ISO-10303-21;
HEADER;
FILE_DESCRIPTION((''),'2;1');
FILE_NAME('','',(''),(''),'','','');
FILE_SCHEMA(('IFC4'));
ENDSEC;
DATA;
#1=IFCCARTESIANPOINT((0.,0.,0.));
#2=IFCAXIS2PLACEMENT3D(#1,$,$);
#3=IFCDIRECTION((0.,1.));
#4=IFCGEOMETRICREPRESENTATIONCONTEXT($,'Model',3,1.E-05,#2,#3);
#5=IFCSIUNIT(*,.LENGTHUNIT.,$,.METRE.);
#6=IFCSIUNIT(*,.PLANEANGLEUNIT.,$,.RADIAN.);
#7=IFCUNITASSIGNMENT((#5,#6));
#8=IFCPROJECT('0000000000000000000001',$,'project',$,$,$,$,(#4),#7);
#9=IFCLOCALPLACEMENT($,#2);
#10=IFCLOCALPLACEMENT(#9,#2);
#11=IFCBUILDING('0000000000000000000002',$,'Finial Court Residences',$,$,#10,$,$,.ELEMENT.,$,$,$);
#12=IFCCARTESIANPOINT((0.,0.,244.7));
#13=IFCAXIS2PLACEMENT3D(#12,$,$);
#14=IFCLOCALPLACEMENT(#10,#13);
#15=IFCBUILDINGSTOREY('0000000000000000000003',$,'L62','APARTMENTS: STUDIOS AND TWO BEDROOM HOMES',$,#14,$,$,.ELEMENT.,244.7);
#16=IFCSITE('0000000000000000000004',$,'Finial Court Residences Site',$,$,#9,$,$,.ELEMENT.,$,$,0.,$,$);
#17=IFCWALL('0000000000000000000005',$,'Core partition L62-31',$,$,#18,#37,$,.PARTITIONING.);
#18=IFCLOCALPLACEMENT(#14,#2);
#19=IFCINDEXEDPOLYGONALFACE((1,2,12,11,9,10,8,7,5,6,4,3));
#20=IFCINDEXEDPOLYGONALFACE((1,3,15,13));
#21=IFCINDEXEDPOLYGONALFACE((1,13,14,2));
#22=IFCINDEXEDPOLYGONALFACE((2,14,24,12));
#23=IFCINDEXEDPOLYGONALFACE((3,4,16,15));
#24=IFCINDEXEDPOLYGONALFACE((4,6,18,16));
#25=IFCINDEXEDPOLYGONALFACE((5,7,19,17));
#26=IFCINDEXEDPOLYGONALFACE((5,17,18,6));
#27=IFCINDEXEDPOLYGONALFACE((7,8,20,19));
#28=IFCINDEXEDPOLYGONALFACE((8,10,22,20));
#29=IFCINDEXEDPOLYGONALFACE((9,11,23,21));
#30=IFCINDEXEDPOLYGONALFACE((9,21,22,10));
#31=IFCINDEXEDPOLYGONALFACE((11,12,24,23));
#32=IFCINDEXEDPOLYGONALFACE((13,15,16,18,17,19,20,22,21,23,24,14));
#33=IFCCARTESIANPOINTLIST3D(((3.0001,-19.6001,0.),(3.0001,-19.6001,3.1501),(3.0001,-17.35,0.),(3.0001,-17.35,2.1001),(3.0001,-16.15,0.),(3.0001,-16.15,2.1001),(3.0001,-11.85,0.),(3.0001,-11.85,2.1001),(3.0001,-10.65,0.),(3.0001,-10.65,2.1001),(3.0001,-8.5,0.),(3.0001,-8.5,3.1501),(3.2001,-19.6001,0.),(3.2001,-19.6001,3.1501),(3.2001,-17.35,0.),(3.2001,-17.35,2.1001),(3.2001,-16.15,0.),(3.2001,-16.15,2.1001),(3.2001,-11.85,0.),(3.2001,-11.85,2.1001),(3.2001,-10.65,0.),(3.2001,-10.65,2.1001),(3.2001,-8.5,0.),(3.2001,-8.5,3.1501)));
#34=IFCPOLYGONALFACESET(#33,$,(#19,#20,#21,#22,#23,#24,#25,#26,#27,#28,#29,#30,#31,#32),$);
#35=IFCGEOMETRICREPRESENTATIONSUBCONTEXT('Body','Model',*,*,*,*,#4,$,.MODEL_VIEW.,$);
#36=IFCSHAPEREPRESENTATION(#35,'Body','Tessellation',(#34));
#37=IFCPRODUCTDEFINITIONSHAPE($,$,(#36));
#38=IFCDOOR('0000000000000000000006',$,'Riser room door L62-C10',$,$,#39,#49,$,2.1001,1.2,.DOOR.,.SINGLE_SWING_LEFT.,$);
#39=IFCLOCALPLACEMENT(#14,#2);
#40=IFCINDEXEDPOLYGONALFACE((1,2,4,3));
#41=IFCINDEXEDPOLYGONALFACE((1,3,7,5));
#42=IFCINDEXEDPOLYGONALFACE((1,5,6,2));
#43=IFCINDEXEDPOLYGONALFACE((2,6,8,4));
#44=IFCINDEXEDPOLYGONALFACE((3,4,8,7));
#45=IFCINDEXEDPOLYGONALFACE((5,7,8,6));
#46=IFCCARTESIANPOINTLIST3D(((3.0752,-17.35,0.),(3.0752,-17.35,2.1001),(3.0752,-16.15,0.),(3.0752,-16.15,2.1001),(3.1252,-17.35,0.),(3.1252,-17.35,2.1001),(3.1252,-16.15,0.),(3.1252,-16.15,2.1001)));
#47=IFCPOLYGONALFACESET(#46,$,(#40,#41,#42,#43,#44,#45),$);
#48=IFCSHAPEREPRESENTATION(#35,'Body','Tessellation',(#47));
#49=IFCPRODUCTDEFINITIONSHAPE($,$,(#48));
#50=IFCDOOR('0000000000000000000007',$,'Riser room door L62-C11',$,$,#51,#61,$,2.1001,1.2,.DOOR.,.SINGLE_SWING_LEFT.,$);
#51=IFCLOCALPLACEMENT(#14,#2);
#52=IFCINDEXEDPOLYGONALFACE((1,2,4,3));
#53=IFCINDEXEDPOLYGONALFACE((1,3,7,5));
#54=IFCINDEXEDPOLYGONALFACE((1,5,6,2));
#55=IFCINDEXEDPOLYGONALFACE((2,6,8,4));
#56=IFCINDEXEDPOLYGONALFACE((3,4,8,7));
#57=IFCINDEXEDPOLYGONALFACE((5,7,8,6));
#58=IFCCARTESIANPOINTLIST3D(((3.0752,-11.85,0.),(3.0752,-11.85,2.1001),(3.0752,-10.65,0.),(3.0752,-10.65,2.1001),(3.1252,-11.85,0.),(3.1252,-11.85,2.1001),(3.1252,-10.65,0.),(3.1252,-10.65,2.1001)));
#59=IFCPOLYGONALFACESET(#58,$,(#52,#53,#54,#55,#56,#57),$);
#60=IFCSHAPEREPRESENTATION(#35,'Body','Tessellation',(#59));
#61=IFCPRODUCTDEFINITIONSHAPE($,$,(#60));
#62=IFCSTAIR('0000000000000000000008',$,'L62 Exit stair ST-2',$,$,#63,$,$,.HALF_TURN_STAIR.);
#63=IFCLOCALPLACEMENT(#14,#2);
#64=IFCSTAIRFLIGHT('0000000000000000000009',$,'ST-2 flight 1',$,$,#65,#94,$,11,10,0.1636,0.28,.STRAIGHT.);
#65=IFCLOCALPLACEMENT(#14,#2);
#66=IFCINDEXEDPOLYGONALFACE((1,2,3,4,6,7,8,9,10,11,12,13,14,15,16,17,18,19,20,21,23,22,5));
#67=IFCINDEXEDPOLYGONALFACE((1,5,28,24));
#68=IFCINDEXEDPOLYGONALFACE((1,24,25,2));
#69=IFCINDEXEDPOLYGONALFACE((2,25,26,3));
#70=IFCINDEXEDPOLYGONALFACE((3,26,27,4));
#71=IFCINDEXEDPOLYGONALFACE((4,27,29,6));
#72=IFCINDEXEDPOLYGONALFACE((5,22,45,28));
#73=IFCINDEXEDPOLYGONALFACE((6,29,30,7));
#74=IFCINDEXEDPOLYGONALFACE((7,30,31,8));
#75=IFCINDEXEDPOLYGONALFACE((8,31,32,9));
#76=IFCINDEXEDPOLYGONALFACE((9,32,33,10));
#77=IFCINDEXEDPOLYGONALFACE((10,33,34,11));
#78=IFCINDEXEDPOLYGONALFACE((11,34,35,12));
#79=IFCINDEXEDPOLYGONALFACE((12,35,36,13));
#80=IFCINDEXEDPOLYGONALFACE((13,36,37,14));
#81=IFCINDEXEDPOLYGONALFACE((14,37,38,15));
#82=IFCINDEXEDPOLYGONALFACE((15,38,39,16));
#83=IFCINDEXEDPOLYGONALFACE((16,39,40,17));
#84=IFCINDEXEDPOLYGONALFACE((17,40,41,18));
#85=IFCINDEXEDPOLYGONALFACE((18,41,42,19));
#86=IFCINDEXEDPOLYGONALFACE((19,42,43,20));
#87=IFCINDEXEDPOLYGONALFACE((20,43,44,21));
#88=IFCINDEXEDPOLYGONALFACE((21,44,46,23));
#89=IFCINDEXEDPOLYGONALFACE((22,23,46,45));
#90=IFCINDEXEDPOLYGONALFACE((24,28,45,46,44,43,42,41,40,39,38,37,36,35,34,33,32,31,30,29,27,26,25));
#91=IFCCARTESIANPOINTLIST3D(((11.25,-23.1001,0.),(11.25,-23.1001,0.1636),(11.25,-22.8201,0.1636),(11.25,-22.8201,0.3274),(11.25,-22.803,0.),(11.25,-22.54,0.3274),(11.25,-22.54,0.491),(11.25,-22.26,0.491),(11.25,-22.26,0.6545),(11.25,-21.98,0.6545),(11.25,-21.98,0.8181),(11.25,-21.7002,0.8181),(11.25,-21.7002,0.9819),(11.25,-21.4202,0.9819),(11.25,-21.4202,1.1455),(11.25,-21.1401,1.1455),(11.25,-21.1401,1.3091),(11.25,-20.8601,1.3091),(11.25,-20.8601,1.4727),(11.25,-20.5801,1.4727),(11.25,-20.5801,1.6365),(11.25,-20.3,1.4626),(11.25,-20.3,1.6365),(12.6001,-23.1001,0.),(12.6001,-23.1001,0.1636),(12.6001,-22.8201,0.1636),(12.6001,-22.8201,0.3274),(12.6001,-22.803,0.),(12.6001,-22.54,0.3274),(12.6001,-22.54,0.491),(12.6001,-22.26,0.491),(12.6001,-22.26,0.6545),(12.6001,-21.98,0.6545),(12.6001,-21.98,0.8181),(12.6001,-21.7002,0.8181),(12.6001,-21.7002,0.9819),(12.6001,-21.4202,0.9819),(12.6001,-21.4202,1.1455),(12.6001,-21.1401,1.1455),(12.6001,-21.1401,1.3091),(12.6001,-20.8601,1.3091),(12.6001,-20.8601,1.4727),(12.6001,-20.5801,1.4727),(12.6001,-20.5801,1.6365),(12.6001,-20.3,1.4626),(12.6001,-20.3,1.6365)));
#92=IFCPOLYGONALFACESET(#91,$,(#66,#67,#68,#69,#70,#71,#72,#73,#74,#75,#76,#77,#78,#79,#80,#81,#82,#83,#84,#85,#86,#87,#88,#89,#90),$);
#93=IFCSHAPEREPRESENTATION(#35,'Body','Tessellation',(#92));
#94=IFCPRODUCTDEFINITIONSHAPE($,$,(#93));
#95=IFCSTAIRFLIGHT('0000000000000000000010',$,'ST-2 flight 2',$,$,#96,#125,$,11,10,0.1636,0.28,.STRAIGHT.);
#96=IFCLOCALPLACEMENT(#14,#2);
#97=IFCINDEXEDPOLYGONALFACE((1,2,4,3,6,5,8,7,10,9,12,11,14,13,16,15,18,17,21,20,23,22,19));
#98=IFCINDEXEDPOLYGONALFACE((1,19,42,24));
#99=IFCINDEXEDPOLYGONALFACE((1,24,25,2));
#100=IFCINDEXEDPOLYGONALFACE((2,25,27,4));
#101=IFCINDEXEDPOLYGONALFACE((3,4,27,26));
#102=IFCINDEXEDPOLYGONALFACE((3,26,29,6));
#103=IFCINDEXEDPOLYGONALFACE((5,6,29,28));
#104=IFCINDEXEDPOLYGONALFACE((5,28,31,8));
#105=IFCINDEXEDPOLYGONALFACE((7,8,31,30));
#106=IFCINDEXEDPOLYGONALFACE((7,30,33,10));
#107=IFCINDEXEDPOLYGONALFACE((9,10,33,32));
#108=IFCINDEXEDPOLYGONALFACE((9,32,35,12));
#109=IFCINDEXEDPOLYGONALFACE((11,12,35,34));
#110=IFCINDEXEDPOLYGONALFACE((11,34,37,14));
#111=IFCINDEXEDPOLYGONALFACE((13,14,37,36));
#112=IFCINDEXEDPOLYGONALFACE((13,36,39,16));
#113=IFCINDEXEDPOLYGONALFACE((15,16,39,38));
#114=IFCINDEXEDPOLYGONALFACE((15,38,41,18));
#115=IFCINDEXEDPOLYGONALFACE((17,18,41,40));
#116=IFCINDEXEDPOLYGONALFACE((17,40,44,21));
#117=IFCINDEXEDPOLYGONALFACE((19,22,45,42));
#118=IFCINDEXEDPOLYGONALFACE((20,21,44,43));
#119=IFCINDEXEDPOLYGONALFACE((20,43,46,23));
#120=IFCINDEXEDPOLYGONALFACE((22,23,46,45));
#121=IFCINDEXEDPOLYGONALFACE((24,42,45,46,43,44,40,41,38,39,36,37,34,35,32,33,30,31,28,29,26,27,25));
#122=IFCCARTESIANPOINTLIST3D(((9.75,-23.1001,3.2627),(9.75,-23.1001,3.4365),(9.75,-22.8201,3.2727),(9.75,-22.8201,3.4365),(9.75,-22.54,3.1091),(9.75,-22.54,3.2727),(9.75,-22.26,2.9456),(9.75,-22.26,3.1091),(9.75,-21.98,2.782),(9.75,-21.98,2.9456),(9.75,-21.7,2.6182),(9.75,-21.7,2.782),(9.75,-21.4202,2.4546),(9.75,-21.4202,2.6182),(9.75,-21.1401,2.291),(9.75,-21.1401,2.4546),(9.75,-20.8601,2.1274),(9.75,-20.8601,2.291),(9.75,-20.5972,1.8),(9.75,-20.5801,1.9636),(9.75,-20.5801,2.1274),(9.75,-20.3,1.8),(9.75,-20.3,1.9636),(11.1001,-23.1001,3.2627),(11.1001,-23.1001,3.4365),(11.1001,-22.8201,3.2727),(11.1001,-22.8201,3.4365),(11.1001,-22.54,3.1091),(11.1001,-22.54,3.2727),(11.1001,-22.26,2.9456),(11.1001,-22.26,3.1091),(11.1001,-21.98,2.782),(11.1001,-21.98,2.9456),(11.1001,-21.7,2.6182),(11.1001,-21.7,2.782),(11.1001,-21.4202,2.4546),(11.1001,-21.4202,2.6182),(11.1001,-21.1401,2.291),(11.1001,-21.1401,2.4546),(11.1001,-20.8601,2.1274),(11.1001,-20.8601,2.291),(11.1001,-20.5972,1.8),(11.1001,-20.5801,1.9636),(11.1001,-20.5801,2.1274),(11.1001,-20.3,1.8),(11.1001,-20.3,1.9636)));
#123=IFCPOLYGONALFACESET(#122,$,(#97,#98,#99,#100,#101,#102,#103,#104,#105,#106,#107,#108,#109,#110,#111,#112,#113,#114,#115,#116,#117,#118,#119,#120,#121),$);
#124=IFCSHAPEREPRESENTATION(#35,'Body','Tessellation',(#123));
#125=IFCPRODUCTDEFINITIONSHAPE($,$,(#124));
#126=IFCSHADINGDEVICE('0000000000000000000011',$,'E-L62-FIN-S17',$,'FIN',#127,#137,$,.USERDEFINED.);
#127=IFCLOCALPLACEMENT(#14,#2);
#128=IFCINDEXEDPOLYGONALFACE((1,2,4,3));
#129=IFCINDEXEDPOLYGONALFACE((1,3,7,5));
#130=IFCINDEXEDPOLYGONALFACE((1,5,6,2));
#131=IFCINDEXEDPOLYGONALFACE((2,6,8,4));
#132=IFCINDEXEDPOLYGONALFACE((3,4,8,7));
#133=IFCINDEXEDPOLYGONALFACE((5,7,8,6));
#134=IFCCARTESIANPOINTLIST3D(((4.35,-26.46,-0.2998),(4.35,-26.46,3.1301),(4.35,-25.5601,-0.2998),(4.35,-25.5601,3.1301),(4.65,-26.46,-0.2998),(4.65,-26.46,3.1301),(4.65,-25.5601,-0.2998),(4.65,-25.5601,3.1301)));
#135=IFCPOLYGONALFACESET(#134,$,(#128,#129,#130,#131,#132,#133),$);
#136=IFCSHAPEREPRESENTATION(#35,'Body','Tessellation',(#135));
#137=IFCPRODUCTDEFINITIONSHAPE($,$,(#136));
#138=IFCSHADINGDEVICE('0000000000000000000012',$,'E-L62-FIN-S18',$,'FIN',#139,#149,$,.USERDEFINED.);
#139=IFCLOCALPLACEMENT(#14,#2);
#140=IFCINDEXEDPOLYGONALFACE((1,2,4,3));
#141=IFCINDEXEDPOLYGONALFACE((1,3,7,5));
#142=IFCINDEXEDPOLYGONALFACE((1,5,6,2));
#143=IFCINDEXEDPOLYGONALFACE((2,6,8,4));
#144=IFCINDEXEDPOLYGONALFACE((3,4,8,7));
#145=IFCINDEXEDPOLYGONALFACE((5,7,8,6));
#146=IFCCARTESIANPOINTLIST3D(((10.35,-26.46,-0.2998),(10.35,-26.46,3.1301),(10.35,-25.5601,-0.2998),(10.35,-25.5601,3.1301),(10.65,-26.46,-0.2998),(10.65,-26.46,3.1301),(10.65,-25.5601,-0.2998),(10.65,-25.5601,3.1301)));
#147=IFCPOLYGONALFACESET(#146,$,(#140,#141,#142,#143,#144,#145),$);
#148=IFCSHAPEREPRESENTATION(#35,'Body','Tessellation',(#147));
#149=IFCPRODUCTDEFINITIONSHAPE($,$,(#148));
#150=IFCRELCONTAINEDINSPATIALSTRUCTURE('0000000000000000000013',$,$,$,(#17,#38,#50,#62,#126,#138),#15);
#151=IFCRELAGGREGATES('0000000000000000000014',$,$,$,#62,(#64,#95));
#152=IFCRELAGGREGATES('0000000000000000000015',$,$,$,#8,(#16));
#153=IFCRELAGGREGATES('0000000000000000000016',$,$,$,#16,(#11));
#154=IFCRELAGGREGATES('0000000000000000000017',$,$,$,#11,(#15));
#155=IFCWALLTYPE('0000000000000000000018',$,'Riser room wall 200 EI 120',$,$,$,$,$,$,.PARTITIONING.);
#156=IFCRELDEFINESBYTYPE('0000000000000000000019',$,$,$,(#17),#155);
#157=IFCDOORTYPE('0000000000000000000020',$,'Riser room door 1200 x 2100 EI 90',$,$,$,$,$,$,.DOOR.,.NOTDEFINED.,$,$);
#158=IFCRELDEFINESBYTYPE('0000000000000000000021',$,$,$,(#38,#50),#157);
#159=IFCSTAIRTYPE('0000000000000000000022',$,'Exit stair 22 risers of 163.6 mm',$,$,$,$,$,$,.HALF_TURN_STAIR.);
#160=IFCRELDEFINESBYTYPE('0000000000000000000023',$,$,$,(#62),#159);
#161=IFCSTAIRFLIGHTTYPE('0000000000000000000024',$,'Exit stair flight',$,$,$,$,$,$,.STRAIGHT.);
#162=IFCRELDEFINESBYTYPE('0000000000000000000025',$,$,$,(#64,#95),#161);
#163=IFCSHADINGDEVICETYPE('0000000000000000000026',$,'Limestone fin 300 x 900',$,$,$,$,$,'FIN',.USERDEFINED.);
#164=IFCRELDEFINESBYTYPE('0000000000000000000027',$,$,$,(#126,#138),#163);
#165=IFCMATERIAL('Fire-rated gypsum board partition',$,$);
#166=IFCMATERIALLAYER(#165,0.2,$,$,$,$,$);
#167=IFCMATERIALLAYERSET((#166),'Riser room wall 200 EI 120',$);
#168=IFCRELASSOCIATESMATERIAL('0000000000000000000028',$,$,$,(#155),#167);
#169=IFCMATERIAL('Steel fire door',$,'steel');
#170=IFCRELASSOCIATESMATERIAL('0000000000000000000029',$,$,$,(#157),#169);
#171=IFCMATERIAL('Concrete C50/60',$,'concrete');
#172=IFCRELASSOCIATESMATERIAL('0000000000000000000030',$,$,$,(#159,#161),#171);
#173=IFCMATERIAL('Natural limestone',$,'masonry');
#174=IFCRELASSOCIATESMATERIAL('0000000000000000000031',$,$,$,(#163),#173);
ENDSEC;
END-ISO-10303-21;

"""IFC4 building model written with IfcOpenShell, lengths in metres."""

from ifc_helpers import new_model, si_unit, direction, frame, frame_2d, origin, origin_2d, place, context, subcontext, project, spatial, polyline, rectangle, outline, extrude, material, layer, layer_set, type_object, element, fill, aggregate, save


model = new_model("IFC4")

# Units and contexts
model_context = context("Model", 3, precision=1e-05, world=origin(), true_north=direction((0.0, 1.0)))
body_context = subcontext(model_context, "Body", "Model", "MODEL_VIEW")
ifc_project = project(units=[si_unit("LENGTHUNIT", "METRE"), si_unit("PLANEANGLEUNIT", "RADIAN")], contexts=[model_context])

# Site, building, storey
site_placement = place(None, origin())
site = spatial("IfcSite", under=ifc_project, at=site_placement, Name="Finial Court Residences Site", CompositionType="ELEMENT", RefElevation=0.0)
building_placement = place(site_placement, origin())
building = spatial("IfcBuilding", under=site, at=building_placement, Name="Finial Court Residences", CompositionType="ELEMENT")
storey_placement = place(building_placement, frame((0.0, 0.0, 244.7)))
storey = spatial("IfcBuildingStorey", under=building, at=storey_placement, Name="L62", Description="APARTMENTS: STUDIOS AND TWO BEDROOM HOMES", CompositionType="ELEMENT", Elevation=244.7)

# Shared definitions
ifc_material_1 = material(Name="Fire-rated gypsum board partition")
ifc_material_2 = material(Name="Steel fire door", Category="steel")

# Shared definitions
ifc_layer_1 = layer(ifc_material_1, 0.2)
ifc_layer_set_1 = layer_set([ifc_layer_1], Name="Riser room wall 200 EI 120")
wall_type_1 = type_object("IfcWallType", Name="Riser room wall 200 EI 120", PredefinedType="PARTITIONING", material=ifc_layer_set_1)

# Wall, openings, doors
wall_1_placement = place(storey_placement, frame((3.1001, -19.6001, 0.0), z_axis=(0.0, 0.0, 1.0), x_axis=(0.0, 1.0, 0.0)))
wall_1 = element("IfcWall", 1, at=wall_1_placement, inside=storey, type_object=wall_type_1, Name="Core partition L62-31", PredefinedType="PARTITIONING", context=body_context, shape_type="SweptSolid", body=[
    extrude(rectangle(XDim=11.1001, YDim=0.2, at=frame_2d((5.55, 0.0))), origin(), (0.0, 0.0, 1.0), 3.1501),
])
opening_1_placement = place(wall_1_placement, frame((2.25, 0.0, 0.0)))
opening_1 = element("IfcOpeningElement", 2, at=opening_1_placement, cuts=wall_1, PredefinedType="OPENING", context=body_context, shape_type="SweptSolid", body=[
    extrude(rectangle(XDim=1.2, YDim=2.1001, at=frame_2d((0.6001, 1.05))), frame((0.0, 0.1099, 0.0), z_axis=(0.0, -1.0, 0.0), x_axis=(1.0, 0.0, 0.0)), (0.0, 0.0, 1.0), 0.22),
])
opening_2_placement = place(wall_1_placement, frame((7.75, 0.0, 0.0)))
opening_2 = element("IfcOpeningElement", 3, at=opening_2_placement, cuts=wall_1, PredefinedType="OPENING", context=body_context, shape_type="SweptSolid", body=[
    extrude(rectangle(XDim=1.2, YDim=2.1001, at=frame_2d((0.6001, 1.05))), frame((0.0, 0.1099, 0.0), z_axis=(0.0, -1.0, 0.0), x_axis=(1.0, 0.0, 0.0)), (0.0, 0.0, 1.0), 0.22),
])
door_type_1 = type_object("IfcDoorType", Name="Riser room door 1200 x 2100 EI 90", OperationType="NOTDEFINED", PredefinedType="DOOR", material=ifc_material_2)
door_1_placement = place(opening_1_placement, origin())
door_1 = element("IfcDoor", 4, at=door_1_placement, inside=storey, type_object=door_type_1, Name="Riser room door L62-C10", OperationType="SINGLE_SWING_LEFT", OverallHeight=2.1001, OverallWidth=1.2, PredefinedType="DOOR", context=body_context, shape_type="SweptSolid", body=[
    extrude(rectangle(XDim=1.2, YDim=2.1001, at=frame_2d((0.6001, 1.05))), frame((0.0, 0.0249, 0.0), z_axis=(0.0, -1.0, 0.0), x_axis=(1.0, 0.0, 0.0)), (0.0, 0.0, 1.0), 0.05),
])
fill(opening_1, door_1)
door_2_placement = place(opening_2_placement, origin())
door_2 = element("IfcDoor", 5, at=door_2_placement, inside=storey, type_object=door_type_1, Name="Riser room door L62-C11", OperationType="SINGLE_SWING_LEFT", OverallHeight=2.1001, OverallWidth=1.2, PredefinedType="DOOR", context=body_context, shape_type="SweptSolid", body=[
    extrude(rectangle(XDim=1.2, YDim=2.1001, at=frame_2d((0.6001, 1.05))), frame((0.0, 0.0249, 0.0), z_axis=(0.0, -1.0, 0.0), x_axis=(1.0, 0.0, 0.0)), (0.0, 0.0, 1.0), 0.05),
])
fill(opening_2, door_2)

# Stair, stair flights
ifc_material_3 = material(Name="Concrete C50/60", Category="concrete")
stair_type = type_object("IfcStairType", Name="Exit stair 22 risers of 163.6 mm", PredefinedType="HALF_TURN_STAIR", material=ifc_material_3)
stair_placement = place(storey_placement, origin())
stair = element("IfcStair", 6, at=stair_placement, inside=storey, type_object=stair_type, Name="L62 Exit stair ST-2", PredefinedType="HALF_TURN_STAIR")
stair_flight_type = type_object("IfcStairFlightType", Name="Exit stair flight", PredefinedType="STRAIGHT", material=ifc_material_3)
stair_flight_1_placement = place(storey_placement, frame((11.925, -23.1001, 0.0), z_axis=(0.0, 0.0, 1.0), x_axis=(0.0, 1.0, 0.0)))
stair_flight_1 = element("IfcStairFlight", 7, at=stair_flight_1_placement, type_object=stair_flight_type, Name="ST-2 flight 1", NumberOfRisers=11, NumberOfTreads=10, PredefinedType="STRAIGHT", RiserHeight=0.1636, TreadLength=0.28, context=body_context, shape_type="SweptSolid", body=[
    extrude(outline(polyline([(0.0, 0.0), (0.0, 0.1636), (0.28, 0.1636), (0.28, 0.3274), (0.5601, 0.3274), (0.5601, 0.491), (0.8401, 0.491), (0.8401, 0.6545), (1.1201, 0.6545), (1.1201, 0.8181), (1.3999, 0.8181), (1.3999, 0.9819), (1.6799, 0.9819), (1.6799, 1.1455), (1.96, 1.1455), (1.96, 1.3091), (2.24, 1.3091), (2.24, 1.4727), (2.52, 1.4727), (2.52, 1.6365), (2.8, 1.6365), (2.8, 1.8), (2.8, 1.4626), (0.2971, 0.0), (0.0, 0.0)])), frame((0.0, 0.675, 0.0), z_axis=(0.0, -1.0, 0.0), x_axis=(1.0, 0.0, 0.0)), (0.0, 0.0, 1.0), 1.3501),
])
stair_flight_2_placement = place(storey_placement, frame((10.425, -20.3, 1.8), z_axis=(0.0, 0.0, 1.0), x_axis=(0.0, -1.0, 0.0)))
stair_flight_2 = element("IfcStairFlight", 8, at=stair_flight_2_placement, type_object=stair_flight_type, Name="ST-2 flight 2", NumberOfRisers=11, NumberOfTreads=10, PredefinedType="STRAIGHT", RiserHeight=0.1636, TreadLength=0.28, context=body_context, shape_type="SweptSolid", body=[
    extrude(outline(polyline([(0.0, 0.0), (0.0, 0.1636), (0.28, 0.1636), (0.28, 0.3274), (0.5601, 0.3274), (0.5601, 0.491), (0.8401, 0.491), (0.8401, 0.6545), (1.1201, 0.6545), (1.1201, 0.8181), (1.3999, 0.8181), (1.3999, 0.9819), (1.6799, 0.9819), (1.6799, 1.1455), (1.96, 1.1455), (1.96, 1.3091), (2.24, 1.3091), (2.24, 1.4727), (2.52, 1.4727), (2.52, 1.6365), (2.8, 1.6365), (2.8, 1.8), (2.8, 1.4626), (0.2971, 0.0), (0.0, 0.0)])), frame((0.0, 0.675, 0.0), z_axis=(0.0, -1.0, 0.0), x_axis=(1.0, 0.0, 0.0)), (0.0, 0.0, 1.0), 1.3501),
])
aggregate(stair, [stair_flight_1, stair_flight_2])

# Shading devices
ifc_material_4 = material(Name="Natural limestone", Category="masonry")
shading_device_type = type_object("IfcShadingDeviceType", Name="Limestone fin 300 x 900", ElementType="FIN", PredefinedType="USERDEFINED", material=ifc_material_4)
for number, where, z_axis, x_axis, name in (
    (9, (4.5, -26.01, -0.2998), (0.0, 0.0, 1.0), (1.0, 0.0, 0.0), "E-L62-FIN-S17"),
    (10, (10.5, -26.01, -0.2998), (0.0, 0.0, 1.0), (1.0, 0.0, 0.0), "E-L62-FIN-S18"),
):
    element("IfcShadingDevice", number, at=place(storey_placement, frame(where, z_axis=z_axis, x_axis=x_axis)), inside=storey, type_object=shading_device_type, Name=name, ObjectType="FIN", PredefinedType="USERDEFINED", context=body_context, shape_type="SweptSolid", body=[
        extrude(rectangle(XDim=0.3, YDim=0.8999, at=origin_2d()), origin(), (0.0, 0.0, 1.0), 3.4299),
    ])

save(model, "model.ifc")
